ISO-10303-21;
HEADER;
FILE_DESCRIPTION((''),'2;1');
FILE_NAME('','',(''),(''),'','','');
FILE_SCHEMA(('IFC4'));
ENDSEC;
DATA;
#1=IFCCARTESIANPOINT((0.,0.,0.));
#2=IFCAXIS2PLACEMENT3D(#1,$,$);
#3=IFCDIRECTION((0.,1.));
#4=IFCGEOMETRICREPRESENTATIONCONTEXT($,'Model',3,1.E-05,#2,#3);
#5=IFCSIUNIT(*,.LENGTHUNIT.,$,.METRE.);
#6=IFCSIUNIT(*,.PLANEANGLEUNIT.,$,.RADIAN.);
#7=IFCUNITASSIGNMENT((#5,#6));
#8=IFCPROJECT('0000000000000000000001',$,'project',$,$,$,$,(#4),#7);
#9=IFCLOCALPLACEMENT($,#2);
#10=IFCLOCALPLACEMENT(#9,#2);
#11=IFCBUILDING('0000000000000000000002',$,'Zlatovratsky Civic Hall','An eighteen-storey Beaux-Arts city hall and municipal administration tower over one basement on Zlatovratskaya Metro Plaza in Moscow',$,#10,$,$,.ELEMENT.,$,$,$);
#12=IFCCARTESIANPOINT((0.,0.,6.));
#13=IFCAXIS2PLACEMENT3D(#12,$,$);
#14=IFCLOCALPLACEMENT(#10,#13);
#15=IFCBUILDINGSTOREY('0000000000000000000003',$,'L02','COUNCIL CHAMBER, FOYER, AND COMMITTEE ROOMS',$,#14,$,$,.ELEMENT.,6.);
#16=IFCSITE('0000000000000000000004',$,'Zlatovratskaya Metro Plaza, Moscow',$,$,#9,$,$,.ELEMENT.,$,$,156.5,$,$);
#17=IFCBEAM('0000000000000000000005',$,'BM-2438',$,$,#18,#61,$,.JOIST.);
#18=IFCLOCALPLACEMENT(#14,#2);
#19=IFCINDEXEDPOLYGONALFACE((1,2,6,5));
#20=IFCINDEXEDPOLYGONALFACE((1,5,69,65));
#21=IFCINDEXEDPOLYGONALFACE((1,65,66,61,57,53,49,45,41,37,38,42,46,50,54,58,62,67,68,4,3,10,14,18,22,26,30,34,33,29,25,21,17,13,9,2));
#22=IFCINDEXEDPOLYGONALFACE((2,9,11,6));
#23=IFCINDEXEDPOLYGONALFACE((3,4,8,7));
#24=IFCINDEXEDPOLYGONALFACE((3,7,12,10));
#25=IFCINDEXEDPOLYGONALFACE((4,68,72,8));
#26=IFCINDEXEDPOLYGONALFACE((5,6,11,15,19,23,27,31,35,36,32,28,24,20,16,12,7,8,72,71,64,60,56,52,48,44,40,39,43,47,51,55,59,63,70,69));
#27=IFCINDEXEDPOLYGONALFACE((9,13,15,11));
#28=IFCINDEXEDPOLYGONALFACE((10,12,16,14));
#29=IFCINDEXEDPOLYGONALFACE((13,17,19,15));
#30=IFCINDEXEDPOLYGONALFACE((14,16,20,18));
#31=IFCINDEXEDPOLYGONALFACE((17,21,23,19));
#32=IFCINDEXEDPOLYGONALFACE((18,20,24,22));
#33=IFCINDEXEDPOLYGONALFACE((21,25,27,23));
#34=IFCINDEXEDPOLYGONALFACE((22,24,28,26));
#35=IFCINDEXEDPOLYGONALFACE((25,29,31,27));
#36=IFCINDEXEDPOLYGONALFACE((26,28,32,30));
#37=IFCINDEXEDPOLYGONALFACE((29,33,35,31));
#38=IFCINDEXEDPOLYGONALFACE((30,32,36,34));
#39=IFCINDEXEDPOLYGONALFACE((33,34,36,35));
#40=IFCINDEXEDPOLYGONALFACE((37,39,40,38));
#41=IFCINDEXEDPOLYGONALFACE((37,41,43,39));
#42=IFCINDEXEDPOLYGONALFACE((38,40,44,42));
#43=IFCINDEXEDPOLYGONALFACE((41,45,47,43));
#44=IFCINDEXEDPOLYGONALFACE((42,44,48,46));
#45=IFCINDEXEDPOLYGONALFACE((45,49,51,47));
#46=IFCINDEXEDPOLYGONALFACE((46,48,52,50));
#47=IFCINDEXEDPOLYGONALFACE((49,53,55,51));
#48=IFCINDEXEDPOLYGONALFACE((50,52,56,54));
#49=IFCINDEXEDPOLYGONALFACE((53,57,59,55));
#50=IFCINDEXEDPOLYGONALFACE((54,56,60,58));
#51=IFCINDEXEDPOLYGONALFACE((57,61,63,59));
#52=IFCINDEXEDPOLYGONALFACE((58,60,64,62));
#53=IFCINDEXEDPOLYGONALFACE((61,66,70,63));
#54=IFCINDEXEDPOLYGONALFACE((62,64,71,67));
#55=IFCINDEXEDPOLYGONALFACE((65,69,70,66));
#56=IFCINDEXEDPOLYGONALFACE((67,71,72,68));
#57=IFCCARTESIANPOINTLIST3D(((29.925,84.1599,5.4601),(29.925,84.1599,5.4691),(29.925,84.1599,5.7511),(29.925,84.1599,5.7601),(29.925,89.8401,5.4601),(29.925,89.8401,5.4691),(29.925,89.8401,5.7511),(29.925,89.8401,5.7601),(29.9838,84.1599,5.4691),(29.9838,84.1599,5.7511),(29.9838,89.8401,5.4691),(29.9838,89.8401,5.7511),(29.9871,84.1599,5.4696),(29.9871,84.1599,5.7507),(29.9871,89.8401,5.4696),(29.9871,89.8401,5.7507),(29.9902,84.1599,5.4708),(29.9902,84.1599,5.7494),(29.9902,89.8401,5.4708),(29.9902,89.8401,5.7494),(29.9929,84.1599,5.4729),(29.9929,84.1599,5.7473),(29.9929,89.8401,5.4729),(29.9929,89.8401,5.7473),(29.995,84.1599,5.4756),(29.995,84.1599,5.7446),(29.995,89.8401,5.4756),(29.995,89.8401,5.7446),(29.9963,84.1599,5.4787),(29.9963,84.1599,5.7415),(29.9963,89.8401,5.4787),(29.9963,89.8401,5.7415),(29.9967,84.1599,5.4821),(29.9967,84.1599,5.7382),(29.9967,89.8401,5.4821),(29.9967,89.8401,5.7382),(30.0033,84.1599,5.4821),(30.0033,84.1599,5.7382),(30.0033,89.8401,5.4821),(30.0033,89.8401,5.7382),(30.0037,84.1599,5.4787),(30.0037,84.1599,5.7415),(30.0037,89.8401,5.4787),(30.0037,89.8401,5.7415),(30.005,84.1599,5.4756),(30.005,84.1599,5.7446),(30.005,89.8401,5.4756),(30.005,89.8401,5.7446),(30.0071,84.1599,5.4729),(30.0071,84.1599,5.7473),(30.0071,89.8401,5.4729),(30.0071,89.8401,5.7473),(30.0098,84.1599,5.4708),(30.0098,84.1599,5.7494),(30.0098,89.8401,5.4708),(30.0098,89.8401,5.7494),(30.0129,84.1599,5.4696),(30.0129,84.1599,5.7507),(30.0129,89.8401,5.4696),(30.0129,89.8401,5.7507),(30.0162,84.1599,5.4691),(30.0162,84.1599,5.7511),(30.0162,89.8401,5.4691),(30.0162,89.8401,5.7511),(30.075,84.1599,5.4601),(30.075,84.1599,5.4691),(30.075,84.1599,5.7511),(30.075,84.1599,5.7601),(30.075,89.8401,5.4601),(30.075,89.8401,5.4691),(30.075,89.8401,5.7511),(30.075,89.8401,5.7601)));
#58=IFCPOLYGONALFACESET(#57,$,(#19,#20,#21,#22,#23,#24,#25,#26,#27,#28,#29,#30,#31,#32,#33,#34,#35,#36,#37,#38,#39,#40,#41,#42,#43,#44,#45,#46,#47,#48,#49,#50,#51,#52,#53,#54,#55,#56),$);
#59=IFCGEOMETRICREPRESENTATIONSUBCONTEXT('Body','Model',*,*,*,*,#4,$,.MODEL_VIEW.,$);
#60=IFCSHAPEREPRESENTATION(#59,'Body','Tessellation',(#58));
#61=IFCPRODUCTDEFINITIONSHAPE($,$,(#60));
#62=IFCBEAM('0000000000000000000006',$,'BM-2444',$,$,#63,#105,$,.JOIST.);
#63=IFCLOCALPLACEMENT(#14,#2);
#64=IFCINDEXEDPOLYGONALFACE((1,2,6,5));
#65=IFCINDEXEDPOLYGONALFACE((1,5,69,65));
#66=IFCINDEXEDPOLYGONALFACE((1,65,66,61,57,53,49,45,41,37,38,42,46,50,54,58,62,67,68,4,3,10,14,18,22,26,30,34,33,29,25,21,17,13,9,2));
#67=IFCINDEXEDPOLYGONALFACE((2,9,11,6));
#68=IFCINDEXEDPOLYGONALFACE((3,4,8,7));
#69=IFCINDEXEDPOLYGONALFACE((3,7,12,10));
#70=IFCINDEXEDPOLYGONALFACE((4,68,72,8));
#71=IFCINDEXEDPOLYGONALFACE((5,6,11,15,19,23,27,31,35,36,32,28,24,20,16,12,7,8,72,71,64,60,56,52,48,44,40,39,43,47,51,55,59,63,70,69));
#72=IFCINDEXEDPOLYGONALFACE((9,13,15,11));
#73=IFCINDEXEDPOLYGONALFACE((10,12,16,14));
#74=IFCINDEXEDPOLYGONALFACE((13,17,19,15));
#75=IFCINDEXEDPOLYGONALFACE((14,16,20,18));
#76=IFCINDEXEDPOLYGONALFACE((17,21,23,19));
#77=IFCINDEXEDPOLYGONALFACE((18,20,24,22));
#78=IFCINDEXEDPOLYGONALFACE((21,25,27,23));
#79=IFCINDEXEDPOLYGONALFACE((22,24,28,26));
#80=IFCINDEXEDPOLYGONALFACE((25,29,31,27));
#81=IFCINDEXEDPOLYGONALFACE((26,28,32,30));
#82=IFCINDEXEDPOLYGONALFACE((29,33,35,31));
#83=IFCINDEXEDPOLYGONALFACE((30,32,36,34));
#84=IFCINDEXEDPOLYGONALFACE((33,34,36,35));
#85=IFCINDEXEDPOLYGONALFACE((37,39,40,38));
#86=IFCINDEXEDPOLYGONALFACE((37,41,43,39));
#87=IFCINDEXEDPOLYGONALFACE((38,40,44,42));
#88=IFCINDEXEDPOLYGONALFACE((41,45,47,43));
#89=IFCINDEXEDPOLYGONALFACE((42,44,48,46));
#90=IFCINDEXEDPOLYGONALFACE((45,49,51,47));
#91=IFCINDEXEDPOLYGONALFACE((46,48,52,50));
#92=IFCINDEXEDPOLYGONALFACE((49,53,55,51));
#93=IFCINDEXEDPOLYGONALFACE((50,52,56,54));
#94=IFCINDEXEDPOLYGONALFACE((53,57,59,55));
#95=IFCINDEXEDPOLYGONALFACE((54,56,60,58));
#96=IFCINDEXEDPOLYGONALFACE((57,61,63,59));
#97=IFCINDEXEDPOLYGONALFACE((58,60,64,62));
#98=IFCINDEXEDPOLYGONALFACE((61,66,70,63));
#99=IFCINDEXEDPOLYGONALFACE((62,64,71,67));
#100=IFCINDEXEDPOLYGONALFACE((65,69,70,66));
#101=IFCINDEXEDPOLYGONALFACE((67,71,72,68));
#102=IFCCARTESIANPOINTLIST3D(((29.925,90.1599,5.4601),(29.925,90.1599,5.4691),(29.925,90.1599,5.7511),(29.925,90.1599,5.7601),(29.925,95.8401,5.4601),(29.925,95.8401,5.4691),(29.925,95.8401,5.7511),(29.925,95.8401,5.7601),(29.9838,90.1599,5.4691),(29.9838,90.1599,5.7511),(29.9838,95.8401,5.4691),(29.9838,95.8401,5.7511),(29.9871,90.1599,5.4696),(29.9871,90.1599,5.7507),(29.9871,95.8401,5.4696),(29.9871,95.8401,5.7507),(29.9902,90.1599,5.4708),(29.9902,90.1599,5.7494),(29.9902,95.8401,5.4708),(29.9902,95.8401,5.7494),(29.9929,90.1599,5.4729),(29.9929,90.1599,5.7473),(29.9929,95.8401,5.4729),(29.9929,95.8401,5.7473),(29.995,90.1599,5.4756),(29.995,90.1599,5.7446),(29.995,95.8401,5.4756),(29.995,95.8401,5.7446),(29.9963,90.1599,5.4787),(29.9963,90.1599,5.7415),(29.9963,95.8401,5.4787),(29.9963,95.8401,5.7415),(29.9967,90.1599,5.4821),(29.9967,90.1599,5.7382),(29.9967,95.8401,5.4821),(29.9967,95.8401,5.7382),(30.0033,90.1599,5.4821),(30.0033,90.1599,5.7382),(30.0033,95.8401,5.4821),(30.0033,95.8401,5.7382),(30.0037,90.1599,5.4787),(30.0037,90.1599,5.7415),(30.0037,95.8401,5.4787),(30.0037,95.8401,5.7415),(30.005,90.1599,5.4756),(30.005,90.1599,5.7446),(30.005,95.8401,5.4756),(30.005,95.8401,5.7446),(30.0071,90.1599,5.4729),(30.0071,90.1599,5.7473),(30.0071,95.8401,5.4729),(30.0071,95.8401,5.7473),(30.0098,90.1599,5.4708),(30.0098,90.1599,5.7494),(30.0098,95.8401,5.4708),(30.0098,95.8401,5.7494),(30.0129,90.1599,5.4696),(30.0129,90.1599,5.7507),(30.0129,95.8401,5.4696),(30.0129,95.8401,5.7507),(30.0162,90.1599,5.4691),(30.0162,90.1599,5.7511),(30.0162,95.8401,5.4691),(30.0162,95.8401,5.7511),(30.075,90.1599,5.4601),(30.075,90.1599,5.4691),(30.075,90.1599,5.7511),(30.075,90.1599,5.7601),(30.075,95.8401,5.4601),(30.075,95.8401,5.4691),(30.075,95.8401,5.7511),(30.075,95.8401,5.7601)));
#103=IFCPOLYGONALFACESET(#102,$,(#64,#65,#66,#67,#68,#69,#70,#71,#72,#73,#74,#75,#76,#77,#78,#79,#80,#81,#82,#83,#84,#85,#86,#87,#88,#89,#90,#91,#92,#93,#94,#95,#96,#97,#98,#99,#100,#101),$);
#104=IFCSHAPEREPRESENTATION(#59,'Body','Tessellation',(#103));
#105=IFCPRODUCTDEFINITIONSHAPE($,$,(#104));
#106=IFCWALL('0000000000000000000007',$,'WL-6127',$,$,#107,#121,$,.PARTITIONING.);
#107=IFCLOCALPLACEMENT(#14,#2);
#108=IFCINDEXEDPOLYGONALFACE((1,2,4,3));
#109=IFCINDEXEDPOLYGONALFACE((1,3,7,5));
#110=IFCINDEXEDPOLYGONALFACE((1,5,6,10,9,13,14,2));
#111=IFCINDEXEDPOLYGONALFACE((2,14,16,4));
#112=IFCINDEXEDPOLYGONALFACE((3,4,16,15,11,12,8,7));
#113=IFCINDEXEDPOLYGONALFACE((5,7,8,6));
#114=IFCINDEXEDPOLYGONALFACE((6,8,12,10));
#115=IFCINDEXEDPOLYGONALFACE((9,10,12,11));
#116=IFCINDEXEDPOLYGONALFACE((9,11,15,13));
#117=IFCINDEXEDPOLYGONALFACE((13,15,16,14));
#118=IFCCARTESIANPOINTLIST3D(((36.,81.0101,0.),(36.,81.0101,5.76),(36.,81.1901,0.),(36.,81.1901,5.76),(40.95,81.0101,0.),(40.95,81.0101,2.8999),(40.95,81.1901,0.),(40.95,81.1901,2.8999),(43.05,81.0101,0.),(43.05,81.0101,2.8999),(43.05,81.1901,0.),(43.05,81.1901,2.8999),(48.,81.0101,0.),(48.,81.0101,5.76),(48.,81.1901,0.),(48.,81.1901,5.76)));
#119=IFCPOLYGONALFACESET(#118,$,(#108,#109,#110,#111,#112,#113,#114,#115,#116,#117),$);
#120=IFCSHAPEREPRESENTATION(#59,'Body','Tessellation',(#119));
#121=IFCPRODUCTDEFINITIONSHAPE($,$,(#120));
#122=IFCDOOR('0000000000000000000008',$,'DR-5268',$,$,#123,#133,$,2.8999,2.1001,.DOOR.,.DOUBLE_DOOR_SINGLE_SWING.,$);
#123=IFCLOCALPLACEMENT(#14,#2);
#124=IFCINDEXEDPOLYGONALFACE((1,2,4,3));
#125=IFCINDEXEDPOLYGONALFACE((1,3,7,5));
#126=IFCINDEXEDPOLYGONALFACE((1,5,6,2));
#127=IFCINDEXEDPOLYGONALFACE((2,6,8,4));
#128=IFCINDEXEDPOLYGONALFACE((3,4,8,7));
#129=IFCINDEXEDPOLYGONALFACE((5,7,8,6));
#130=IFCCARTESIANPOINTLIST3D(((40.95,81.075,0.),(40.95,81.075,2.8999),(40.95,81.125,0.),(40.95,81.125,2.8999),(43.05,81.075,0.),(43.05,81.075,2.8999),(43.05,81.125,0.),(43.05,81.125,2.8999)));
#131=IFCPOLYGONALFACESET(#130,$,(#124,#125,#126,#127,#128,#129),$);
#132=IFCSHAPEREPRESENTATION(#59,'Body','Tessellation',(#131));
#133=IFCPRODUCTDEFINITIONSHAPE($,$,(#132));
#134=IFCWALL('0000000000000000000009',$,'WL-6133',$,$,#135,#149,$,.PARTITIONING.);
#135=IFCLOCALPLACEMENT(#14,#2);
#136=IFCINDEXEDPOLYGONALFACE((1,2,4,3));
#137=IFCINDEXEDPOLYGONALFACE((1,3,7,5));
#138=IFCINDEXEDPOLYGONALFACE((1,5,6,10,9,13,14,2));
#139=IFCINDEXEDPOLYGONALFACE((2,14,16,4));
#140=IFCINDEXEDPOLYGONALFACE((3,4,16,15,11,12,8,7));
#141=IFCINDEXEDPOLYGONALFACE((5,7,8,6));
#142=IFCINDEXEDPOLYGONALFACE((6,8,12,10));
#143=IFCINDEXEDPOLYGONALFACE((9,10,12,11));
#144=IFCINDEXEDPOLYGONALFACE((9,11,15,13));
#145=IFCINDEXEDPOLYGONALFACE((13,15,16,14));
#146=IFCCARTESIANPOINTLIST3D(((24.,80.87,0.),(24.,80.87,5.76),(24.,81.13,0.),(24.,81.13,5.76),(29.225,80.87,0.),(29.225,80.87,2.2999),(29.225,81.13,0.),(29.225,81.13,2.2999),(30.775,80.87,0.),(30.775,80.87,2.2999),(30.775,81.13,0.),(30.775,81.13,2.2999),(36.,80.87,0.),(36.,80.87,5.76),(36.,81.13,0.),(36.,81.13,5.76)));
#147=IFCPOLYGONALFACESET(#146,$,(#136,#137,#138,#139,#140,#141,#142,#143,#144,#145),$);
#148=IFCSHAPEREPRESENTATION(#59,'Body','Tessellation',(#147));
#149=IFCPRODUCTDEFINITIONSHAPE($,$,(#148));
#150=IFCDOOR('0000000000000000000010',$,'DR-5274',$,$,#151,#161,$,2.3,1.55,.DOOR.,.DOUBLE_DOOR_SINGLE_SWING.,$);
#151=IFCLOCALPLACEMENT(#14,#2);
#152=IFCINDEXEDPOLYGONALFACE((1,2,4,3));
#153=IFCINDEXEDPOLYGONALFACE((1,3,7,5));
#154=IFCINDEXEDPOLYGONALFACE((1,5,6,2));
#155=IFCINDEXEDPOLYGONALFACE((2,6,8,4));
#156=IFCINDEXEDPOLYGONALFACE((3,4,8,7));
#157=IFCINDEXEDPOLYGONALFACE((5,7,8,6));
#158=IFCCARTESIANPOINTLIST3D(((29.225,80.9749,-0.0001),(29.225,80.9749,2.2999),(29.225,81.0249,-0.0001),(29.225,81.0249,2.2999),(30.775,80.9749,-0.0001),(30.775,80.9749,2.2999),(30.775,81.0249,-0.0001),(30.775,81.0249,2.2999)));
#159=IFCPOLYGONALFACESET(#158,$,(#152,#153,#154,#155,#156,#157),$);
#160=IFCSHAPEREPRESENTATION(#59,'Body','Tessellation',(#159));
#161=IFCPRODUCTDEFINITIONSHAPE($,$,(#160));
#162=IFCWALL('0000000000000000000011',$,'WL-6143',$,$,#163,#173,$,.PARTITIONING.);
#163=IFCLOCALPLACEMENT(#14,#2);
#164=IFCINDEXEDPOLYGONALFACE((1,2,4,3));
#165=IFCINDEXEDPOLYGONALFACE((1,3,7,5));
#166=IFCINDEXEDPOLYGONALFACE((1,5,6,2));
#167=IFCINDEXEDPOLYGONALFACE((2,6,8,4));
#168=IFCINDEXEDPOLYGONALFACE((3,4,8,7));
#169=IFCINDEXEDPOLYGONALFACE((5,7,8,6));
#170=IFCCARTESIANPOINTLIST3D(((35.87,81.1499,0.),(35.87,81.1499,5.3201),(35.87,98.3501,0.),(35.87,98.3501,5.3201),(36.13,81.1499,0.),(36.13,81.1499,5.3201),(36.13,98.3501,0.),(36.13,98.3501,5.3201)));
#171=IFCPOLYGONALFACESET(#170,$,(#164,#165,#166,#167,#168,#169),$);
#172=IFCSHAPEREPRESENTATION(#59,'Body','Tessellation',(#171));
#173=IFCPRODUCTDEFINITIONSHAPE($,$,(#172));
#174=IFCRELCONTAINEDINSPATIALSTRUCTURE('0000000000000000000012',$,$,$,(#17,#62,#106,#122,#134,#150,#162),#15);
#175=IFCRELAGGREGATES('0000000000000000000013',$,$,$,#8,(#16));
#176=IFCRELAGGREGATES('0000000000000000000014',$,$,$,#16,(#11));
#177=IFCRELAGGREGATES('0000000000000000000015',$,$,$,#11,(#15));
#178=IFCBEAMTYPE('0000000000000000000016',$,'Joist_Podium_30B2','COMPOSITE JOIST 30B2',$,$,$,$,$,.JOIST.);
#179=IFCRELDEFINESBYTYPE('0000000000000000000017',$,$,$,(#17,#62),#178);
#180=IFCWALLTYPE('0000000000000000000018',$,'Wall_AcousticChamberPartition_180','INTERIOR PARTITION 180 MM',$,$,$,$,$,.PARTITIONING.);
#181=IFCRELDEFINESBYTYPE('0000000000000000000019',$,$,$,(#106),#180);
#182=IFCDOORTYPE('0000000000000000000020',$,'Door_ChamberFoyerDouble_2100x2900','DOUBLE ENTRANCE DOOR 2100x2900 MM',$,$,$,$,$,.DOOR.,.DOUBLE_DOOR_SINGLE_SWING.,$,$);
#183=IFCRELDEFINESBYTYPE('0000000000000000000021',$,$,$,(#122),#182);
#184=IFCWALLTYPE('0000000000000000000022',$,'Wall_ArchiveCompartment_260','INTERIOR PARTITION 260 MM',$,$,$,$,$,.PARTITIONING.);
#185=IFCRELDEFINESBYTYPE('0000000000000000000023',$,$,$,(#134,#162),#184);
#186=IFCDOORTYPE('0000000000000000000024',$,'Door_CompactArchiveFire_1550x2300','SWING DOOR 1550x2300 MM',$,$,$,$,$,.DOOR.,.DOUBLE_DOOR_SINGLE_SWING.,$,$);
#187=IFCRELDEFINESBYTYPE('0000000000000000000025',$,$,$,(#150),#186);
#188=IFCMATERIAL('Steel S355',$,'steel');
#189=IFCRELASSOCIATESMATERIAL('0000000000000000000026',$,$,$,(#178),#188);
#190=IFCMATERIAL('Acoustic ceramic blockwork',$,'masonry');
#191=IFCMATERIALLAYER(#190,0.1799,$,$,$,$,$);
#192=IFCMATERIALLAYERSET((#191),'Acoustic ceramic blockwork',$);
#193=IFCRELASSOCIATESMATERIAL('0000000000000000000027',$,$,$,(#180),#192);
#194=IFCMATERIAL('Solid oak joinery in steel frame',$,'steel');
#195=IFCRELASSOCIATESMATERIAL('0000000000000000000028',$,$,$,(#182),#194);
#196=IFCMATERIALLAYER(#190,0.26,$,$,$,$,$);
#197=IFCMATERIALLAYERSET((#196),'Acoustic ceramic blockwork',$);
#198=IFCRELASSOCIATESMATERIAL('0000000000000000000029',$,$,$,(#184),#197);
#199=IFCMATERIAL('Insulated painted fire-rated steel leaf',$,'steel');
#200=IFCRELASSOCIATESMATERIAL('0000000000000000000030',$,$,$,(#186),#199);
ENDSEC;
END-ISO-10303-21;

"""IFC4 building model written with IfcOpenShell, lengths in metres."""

from ifc_helpers import new_model, si_unit, direction, frame, frame_2d, origin, origin_2d, place, context, subcontext, project, spatial, rectangle, i_section, extrude, material, layer, layer_set, material_profile, profile_set, type_object, element, fill, save


model = new_model("IFC4")

# Units and contexts
model_context = context("Model", 3, precision=1e-05, world=origin(), true_north=direction((0.0, 1.0)))
body_context = subcontext(model_context, "Body", "Model", "MODEL_VIEW")
ifc_project = project(units=[si_unit("LENGTHUNIT", "METRE"), si_unit("PLANEANGLEUNIT", "RADIAN")], contexts=[model_context])

# Site, building, storey
site_placement = place(None, origin())
site = spatial("IfcSite", under=ifc_project, at=site_placement, Name="Zlatovratskaya Metro Plaza, Moscow", CompositionType="ELEMENT", RefElevation=156.5)
building_placement = place(site_placement, origin())
building = spatial("IfcBuilding", under=site, at=building_placement, Name="Zlatovratsky Civic Hall", Description="An eighteen-storey Beaux-Arts city hall and municipal administration tower over one basement on Zlatovratskaya Metro Plaza in Moscow", CompositionType="ELEMENT")
storey_placement = place(building_placement, frame((0.0, 0.0, 6.0)))
storey = spatial("IfcBuildingStorey", under=building, at=storey_placement, Name="L02", Description="COUNCIL CHAMBER, FOYER, AND COMMITTEE ROOMS", CompositionType="ELEMENT", Elevation=6.0)

# Shared definitions
ifc_material_1 = material(Name="Steel S355", Category="steel")

# Beams
ifc_material_profile_1 = material_profile(ifc_material_1, i_section(OverallWidth=0.1499, OverallDepth=0.3, WebThickness=0.0066, FlangeThickness=0.009, FilletRadius=0.0129, at=origin_2d()), Name="30B2")
ifc_profile_set_1 = profile_set([ifc_material_profile_1], Name="Steel S355")
beam_type_1 = type_object("IfcBeamType", Name="Joist_Podium_30B2", Description="COMPOSITE JOIST 30B2", PredefinedType="JOIST", material=ifc_profile_set_1)
for number, where, z_axis, x_axis, name in (
    (1, (30.0, 84.1599, 5.6101), (0.0, 1.0, 0.0), (-1.0, 0.0, 0.0), "BM-2438"),
    (2, (30.0, 90.1599, 5.6101), (0.0, 1.0, 0.0), (-1.0, 0.0, 0.0), "BM-2444"),
):
    element("IfcBeam", number, at=place(storey_placement, frame(where, z_axis=z_axis, x_axis=x_axis)), inside=storey, type_object=beam_type_1, Name=name, PredefinedType="JOIST", context=body_context, shape_type="SweptSolid", body=[
        extrude(i_section(OverallWidth=0.1499, OverallDepth=0.3, WebThickness=0.0066, FlangeThickness=0.009, FilletRadius=0.0129, at=origin_2d()), origin(), (0.0, 0.0, 1.0), 5.6802),
    ])

# Walls, openings, doors
ifc_material_2 = material(Name="Acoustic ceramic blockwork", Category="masonry")
ifc_layer_1 = layer(ifc_material_2, 0.1799)
ifc_layer_set_1 = layer_set([ifc_layer_1], Name="Acoustic ceramic blockwork")
wall_type_1 = type_object("IfcWallType", Name="Wall_AcousticChamberPartition_180", Description="INTERIOR PARTITION 180 MM", PredefinedType="PARTITIONING", material=ifc_layer_set_1)
wall_1_placement = place(storey_placement, frame((36.0, 81.1001, 0.0), z_axis=(0.0, 0.0, 1.0), x_axis=(1.0, 0.0, 0.0)))
wall_1 = element("IfcWall", 3, at=wall_1_placement, inside=storey, type_object=wall_type_1, Name="WL-6127", PredefinedType="PARTITIONING", context=body_context, shape_type="SweptSolid", body=[
    extrude(rectangle(XDim=12.0, YDim=0.1799, at=frame_2d((6.0, 0.0))), origin(), (0.0, 0.0, 1.0), 5.76),
])
opening_1_placement = place(wall_1_placement, frame((4.95, 0.0, 0.0)))
opening_1 = element("IfcOpeningElement", 4, at=opening_1_placement, cuts=wall_1, PredefinedType="OPENING", context=body_context, shape_type="SweptSolid", body=[
    extrude(rectangle(XDim=2.1001, YDim=2.8999, at=frame_2d((1.05, 1.45))), frame((0.0, 0.105, 0.0), z_axis=(0.0, -1.0, 0.0), x_axis=(1.0, 0.0, 0.0)), (0.0, 0.0, 1.0), 0.2097),
])
ifc_material_3 = material(Name="Solid oak joinery in steel frame", Category="steel")
door_type_1 = type_object("IfcDoorType", Name="Door_ChamberFoyerDouble_2100x2900", Description="DOUBLE ENTRANCE DOOR 2100x2900 MM", OperationType="DOUBLE_DOOR_SINGLE_SWING", PredefinedType="DOOR", material=ifc_material_3)
door_1_placement = place(opening_1_placement, origin())
door_1 = element("IfcDoor", 5, at=door_1_placement, inside=storey, type_object=door_type_1, Name="DR-5268", OperationType="DOUBLE_DOOR_SINGLE_SWING", OverallHeight=2.8999, OverallWidth=2.1001, PredefinedType="DOOR", context=body_context, shape_type="SweptSolid", body=[
    extrude(rectangle(XDim=2.1001, YDim=2.8999, at=frame_2d((1.05, 1.45))), frame((0.0, 0.0249, 0.0), z_axis=(0.0, -1.0, 0.0), x_axis=(1.0, 0.0, 0.0)), (0.0, 0.0, 1.0), 0.05),
])
fill(opening_1, door_1)
ifc_layer_2 = layer(ifc_material_2, 0.26)
ifc_layer_set_2 = layer_set([ifc_layer_2], Name="Acoustic ceramic blockwork")
wall_type_2 = type_object("IfcWallType", Name="Wall_ArchiveCompartment_260", Description="INTERIOR PARTITION 260 MM", PredefinedType="PARTITIONING", material=ifc_layer_set_2)
wall_2_placement = place(storey_placement, frame((24.0, 81.0, 0.0), z_axis=(0.0, 0.0, 1.0), x_axis=(1.0, 0.0, 0.0)))
wall_2 = element("IfcWall", 6, at=wall_2_placement, inside=storey, type_object=wall_type_2, Name="WL-6133", PredefinedType="PARTITIONING", context=body_context, shape_type="SweptSolid", body=[
    extrude(rectangle(XDim=12.0, YDim=0.26, at=frame_2d((6.0, 0.0))), origin(), (0.0, 0.0, 1.0), 5.76),
])
opening_2_placement = place(wall_2_placement, frame((5.2251, 0.0, 0.0)))
opening_2 = element("IfcOpeningElement", 7, at=opening_2_placement, cuts=wall_2, PredefinedType="OPENING", context=body_context, shape_type="SweptSolid", body=[
    extrude(rectangle(XDim=1.55, YDim=2.3, at=frame_2d((0.7749, 1.1499))), frame((0.0, 0.145, 0.0), z_axis=(0.0, -1.0, 0.0), x_axis=(1.0, 0.0, 0.0)), (0.0, 0.0, 1.0), 0.2898),
])
ifc_material_4 = material(Name="Insulated painted fire-rated steel leaf", Category="steel")
door_type_2 = type_object("IfcDoorType", Name="Door_CompactArchiveFire_1550x2300", Description="SWING DOOR 1550x2300 MM", OperationType="DOUBLE_DOOR_SINGLE_SWING", PredefinedType="DOOR", material=ifc_material_4)
door_2_placement = place(opening_2_placement, origin())
door_2 = element("IfcDoor", 8, at=door_2_placement, inside=storey, type_object=door_type_2, Name="DR-5274", OperationType="DOUBLE_DOOR_SINGLE_SWING", OverallHeight=2.3, OverallWidth=1.55, PredefinedType="DOOR", context=body_context, shape_type="SweptSolid", body=[
    extrude(rectangle(XDim=1.55, YDim=2.3, at=frame_2d((0.7749, 1.1499))), frame((0.0, 0.0249, 0.0), z_axis=(0.0, -1.0, 0.0), x_axis=(1.0, 0.0, 0.0)), (0.0, 0.0, 1.0), 0.05),
])
fill(opening_2, door_2)

# Wall
wall_3_placement = place(storey_placement, frame((36.0, 81.1499, 0.0), z_axis=(0.0, 0.0, 1.0), x_axis=(0.0, 1.0, 0.0)))
element("IfcWall", 9, at=wall_3_placement, inside=storey, type_object=wall_type_2, Name="WL-6143", PredefinedType="PARTITIONING", context=body_context, shape_type="SweptSolid", body=[
    extrude(rectangle(XDim=17.2002, YDim=0.26, at=frame_2d((8.6001, 0.0))), origin(), (0.0, 0.0, 1.0), 5.3201),
])

save(model, "model.ifc")
